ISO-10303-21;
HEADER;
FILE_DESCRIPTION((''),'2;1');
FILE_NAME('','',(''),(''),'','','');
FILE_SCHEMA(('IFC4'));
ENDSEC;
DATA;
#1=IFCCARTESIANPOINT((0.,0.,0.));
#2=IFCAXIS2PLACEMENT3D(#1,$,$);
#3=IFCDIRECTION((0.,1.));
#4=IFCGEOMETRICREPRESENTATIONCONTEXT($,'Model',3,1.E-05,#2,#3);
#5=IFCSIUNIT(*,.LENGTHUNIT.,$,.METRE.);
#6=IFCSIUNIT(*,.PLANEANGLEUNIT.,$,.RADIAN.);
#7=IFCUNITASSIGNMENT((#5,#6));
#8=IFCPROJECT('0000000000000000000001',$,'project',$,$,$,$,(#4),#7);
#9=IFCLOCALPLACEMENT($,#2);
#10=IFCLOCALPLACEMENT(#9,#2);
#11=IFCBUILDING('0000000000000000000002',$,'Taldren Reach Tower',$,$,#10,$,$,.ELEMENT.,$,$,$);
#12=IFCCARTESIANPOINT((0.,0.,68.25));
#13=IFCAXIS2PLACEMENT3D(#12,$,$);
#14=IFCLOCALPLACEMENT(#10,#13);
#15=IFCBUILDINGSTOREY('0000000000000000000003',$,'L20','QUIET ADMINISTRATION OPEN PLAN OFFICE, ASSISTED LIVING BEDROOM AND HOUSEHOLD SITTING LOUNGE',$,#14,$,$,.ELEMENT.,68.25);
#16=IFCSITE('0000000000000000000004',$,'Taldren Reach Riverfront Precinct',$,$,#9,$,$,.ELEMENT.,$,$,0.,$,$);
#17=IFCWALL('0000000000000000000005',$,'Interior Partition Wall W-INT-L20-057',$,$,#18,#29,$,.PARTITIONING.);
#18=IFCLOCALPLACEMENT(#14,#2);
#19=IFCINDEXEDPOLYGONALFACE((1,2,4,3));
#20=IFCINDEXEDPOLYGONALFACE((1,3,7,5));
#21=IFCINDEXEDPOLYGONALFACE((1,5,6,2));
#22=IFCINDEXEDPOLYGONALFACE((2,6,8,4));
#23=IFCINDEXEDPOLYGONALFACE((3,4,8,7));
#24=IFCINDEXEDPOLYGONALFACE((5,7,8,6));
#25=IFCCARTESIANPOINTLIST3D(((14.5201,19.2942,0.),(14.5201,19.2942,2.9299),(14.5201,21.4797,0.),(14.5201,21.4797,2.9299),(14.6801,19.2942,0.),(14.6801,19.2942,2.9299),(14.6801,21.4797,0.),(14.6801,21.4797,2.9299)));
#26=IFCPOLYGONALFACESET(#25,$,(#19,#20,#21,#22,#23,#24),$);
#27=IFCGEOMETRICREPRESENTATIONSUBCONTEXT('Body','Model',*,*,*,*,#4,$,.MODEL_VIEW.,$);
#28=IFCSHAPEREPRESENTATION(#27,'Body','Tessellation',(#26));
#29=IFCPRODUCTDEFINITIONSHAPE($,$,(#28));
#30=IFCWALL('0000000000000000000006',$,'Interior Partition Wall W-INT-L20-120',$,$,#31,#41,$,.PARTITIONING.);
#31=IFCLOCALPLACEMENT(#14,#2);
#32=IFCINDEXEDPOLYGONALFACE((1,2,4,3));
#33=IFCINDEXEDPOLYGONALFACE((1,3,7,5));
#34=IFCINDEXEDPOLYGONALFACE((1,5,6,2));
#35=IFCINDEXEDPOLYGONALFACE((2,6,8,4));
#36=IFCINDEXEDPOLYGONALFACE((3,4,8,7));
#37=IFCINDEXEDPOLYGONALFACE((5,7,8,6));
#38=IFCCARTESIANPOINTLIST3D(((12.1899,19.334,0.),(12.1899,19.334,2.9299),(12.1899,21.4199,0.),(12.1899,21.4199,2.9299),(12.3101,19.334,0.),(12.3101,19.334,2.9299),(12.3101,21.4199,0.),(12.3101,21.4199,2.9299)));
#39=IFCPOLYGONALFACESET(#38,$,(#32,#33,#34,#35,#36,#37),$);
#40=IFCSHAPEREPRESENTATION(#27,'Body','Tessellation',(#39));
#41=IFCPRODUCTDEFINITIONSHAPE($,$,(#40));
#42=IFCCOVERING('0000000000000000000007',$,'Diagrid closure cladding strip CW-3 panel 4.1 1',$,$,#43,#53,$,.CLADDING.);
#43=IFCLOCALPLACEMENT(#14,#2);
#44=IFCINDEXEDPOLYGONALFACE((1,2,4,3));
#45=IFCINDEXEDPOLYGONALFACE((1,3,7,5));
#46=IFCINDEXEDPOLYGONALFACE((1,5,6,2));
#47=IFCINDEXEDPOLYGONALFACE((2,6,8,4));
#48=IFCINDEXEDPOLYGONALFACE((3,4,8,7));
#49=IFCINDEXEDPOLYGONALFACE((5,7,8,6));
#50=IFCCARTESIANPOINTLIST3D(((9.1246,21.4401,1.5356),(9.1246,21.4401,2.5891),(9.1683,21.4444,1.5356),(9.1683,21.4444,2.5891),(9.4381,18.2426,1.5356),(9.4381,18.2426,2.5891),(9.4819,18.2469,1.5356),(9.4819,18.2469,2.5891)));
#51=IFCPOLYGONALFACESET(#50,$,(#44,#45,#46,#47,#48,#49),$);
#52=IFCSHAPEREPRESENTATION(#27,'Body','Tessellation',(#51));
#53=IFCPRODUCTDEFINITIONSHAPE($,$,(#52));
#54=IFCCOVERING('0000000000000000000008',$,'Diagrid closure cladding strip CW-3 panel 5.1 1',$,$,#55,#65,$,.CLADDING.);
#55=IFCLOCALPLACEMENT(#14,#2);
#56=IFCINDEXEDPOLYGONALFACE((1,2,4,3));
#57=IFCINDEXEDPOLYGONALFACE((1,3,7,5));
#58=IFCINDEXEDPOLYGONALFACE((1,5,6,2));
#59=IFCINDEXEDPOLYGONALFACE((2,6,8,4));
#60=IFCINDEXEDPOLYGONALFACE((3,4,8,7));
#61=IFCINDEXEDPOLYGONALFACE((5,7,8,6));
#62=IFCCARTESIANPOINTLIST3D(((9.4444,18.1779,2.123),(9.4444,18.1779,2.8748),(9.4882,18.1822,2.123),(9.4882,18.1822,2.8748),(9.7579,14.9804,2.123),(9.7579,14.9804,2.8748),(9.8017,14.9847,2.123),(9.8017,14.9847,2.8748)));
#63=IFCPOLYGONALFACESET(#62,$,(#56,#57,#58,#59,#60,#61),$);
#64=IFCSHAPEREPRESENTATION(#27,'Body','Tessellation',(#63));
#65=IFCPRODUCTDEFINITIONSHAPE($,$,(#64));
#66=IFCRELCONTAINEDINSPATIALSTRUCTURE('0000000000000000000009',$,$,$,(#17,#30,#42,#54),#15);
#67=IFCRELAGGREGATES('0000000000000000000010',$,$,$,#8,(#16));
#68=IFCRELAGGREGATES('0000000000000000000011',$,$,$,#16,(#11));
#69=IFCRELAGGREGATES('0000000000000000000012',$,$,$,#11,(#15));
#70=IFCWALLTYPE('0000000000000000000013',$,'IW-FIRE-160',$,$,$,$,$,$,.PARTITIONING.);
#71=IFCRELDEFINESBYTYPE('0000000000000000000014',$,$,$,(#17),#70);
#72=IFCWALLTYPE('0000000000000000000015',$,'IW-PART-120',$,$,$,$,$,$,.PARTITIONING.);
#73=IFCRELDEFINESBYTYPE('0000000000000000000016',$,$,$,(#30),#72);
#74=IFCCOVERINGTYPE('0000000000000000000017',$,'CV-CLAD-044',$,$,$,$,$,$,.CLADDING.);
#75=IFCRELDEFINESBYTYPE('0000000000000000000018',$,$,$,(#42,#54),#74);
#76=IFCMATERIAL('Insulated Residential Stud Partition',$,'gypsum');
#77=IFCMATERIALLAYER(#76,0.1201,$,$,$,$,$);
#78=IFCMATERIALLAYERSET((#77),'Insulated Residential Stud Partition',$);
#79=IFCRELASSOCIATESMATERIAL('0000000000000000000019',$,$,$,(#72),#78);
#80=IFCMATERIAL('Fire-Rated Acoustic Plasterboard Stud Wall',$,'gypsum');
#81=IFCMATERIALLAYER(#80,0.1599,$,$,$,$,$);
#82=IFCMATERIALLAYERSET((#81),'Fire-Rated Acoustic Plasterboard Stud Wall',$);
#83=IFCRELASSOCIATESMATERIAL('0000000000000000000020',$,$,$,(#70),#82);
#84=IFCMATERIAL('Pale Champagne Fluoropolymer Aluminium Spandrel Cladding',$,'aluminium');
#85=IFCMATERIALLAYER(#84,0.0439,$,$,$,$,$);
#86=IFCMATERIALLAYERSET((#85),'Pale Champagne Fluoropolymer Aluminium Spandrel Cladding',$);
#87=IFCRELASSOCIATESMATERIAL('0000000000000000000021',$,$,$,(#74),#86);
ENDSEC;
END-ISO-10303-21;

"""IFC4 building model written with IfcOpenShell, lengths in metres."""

from ifc_helpers import new_model, si_unit, direction, frame, frame_2d, origin, origin_2d, place, context, subcontext, project, spatial, rectangle, extrude, source, transform, mapped, material, layer, layer_set, type_object, element, save


model = new_model("IFC4")

# Units and contexts
model_context = context("Model", 3, precision=1e-05, world=origin(), true_north=direction((0.0, 1.0)))
body_context = subcontext(model_context, "Body", "Model", "MODEL_VIEW")
ifc_project = project(units=[si_unit("LENGTHUNIT", "METRE"), si_unit("PLANEANGLEUNIT", "RADIAN")], contexts=[model_context])

# Site, building, storey
site_placement = place(None, origin())
site = spatial("IfcSite", under=ifc_project, at=site_placement, Name="Taldren Reach Riverfront Precinct", CompositionType="ELEMENT", RefElevation=0.0)
building_placement = place(site_placement, origin())
building = spatial("IfcBuilding", under=site, at=building_placement, Name="Taldren Reach Tower", CompositionType="ELEMENT")
storey_placement = place(building_placement, frame((0.0, 0.0, 68.25)))
storey = spatial("IfcBuildingStorey", under=building, at=storey_placement, Name="L20", Description="QUIET ADMINISTRATION OPEN PLAN OFFICE, ASSISTED LIVING BEDROOM AND HOUSEHOLD SITTING LOUNGE", CompositionType="ELEMENT", Elevation=68.25)

# Shared definitions
ifc_material_1 = material(Name="Insulated Residential Stud Partition", Category="gypsum")
ifc_layer_1 = layer(ifc_material_1, 0.1201)
ifc_layer_set_1 = layer_set([ifc_layer_1], Name="Insulated Residential Stud Partition")
wall_type_1 = type_object("IfcWallType", Name="IW-PART-120", PredefinedType="PARTITIONING", material=ifc_layer_set_1)
ifc_material_2 = material(Name="Fire-Rated Acoustic Plasterboard Stud Wall", Category="gypsum")
ifc_layer_2 = layer(ifc_material_2, 0.1599)
ifc_layer_set_2 = layer_set([ifc_layer_2], Name="Fire-Rated Acoustic Plasterboard Stud Wall")
wall_type_2 = type_object("IfcWallType", Name="IW-FIRE-160", PredefinedType="PARTITIONING", material=ifc_layer_set_2)

# Walls
shared_shape_1 = source(origin(), body_context, "Body", "SweptSolid", [
    extrude(rectangle(XDim=2.1855, YDim=0.1599, at=frame_2d((1.0928, 0.0))), origin(), (0.0, 0.0, 1.0), 2.9299),
])
wall_1_placement = place(storey_placement, frame((14.6001, 19.2942, 0.0), z_axis=(0.0, 0.0, 1.0), x_axis=(0.0, 1.0, 0.0)))
element("IfcWall", 1, at=wall_1_placement, inside=storey, type_object=wall_type_2, Name="Interior Partition Wall W-INT-L20-057", PredefinedType="PARTITIONING", context=body_context, shape_type="MappedRepresentation", body=[
    mapped(shared_shape_1, transform((0.0, 0.0, 0.0), scale=1.0)),
])
shared_shape_2 = source(origin(), body_context, "Body", "SweptSolid", [
    extrude(rectangle(XDim=2.0859, YDim=0.1201, at=frame_2d((1.043, 0.0))), origin(), (0.0, 0.0, 1.0), 2.9299),
])
wall_2_placement = place(storey_placement, frame((12.25, 21.4199, 0.0), z_axis=(0.0, 0.0, 1.0), x_axis=(0.0, -1.0, 0.0)))
element("IfcWall", 2, at=wall_2_placement, inside=storey, type_object=wall_type_1, Name="Interior Partition Wall W-INT-L20-120", PredefinedType="PARTITIONING", context=body_context, shape_type="MappedRepresentation", body=[
    mapped(shared_shape_2, transform((0.0, 0.0, 0.0), scale=1.0)),
])

# Coverings
ifc_material_3 = material(Name="Pale Champagne Fluoropolymer Aluminium Spandrel Cladding", Category="aluminium")
ifc_layer_3 = layer(ifc_material_3, 0.0439)
ifc_layer_set_3 = layer_set([ifc_layer_3], Name="Pale Champagne Fluoropolymer Aluminium Spandrel Cladding")
covering_type = type_object("IfcCoveringType", Name="CV-CLAD-044", PredefinedType="CLADDING", material=ifc_layer_set_3)
shared_shape_3 = source(origin(), body_context, "Body", "SweptSolid", [
    extrude(rectangle(XDim=3.2129, YDim=0.0439, at=origin_2d()), origin(), (0.0, 0.0, 1.0), 1.0535),
])
covering_1_placement = place(storey_placement, frame((9.3032, 19.8435, 1.5356), z_axis=(0.0, 0.0, 1.0), x_axis=(0.097583, -0.995227, 0.0)))
element("IfcCovering", 3, at=covering_1_placement, inside=storey, type_object=covering_type, Name="Diagrid closure cladding strip CW-3 panel 4.1 1", PredefinedType="CLADDING", context=body_context, shape_type="MappedRepresentation", body=[
    mapped(shared_shape_3, transform((0.0, 0.0, 0.0), scale=1.0)),
])
shared_shape_4 = source(origin(), body_context, "Body", "SweptSolid", [
    extrude(rectangle(XDim=3.2129, YDim=0.0439, at=origin_2d()), origin(), (0.0, 0.0, 1.0), 0.7517),
])
covering_2_placement = place(storey_placement, frame((9.623, 16.5813, 2.123), z_axis=(0.0, 0.0, 1.0), x_axis=(0.097583, -0.995227, 0.0)))
element("IfcCovering", 4, at=covering_2_placement, inside=storey, type_object=covering_type, Name="Diagrid closure cladding strip CW-3 panel 5.1 1", PredefinedType="CLADDING", context=body_context, shape_type="MappedRepresentation", body=[
    mapped(shared_shape_4, transform((0.0, 0.0, 0.0), scale=1.0)),
])

save(model, "model.ifc")
